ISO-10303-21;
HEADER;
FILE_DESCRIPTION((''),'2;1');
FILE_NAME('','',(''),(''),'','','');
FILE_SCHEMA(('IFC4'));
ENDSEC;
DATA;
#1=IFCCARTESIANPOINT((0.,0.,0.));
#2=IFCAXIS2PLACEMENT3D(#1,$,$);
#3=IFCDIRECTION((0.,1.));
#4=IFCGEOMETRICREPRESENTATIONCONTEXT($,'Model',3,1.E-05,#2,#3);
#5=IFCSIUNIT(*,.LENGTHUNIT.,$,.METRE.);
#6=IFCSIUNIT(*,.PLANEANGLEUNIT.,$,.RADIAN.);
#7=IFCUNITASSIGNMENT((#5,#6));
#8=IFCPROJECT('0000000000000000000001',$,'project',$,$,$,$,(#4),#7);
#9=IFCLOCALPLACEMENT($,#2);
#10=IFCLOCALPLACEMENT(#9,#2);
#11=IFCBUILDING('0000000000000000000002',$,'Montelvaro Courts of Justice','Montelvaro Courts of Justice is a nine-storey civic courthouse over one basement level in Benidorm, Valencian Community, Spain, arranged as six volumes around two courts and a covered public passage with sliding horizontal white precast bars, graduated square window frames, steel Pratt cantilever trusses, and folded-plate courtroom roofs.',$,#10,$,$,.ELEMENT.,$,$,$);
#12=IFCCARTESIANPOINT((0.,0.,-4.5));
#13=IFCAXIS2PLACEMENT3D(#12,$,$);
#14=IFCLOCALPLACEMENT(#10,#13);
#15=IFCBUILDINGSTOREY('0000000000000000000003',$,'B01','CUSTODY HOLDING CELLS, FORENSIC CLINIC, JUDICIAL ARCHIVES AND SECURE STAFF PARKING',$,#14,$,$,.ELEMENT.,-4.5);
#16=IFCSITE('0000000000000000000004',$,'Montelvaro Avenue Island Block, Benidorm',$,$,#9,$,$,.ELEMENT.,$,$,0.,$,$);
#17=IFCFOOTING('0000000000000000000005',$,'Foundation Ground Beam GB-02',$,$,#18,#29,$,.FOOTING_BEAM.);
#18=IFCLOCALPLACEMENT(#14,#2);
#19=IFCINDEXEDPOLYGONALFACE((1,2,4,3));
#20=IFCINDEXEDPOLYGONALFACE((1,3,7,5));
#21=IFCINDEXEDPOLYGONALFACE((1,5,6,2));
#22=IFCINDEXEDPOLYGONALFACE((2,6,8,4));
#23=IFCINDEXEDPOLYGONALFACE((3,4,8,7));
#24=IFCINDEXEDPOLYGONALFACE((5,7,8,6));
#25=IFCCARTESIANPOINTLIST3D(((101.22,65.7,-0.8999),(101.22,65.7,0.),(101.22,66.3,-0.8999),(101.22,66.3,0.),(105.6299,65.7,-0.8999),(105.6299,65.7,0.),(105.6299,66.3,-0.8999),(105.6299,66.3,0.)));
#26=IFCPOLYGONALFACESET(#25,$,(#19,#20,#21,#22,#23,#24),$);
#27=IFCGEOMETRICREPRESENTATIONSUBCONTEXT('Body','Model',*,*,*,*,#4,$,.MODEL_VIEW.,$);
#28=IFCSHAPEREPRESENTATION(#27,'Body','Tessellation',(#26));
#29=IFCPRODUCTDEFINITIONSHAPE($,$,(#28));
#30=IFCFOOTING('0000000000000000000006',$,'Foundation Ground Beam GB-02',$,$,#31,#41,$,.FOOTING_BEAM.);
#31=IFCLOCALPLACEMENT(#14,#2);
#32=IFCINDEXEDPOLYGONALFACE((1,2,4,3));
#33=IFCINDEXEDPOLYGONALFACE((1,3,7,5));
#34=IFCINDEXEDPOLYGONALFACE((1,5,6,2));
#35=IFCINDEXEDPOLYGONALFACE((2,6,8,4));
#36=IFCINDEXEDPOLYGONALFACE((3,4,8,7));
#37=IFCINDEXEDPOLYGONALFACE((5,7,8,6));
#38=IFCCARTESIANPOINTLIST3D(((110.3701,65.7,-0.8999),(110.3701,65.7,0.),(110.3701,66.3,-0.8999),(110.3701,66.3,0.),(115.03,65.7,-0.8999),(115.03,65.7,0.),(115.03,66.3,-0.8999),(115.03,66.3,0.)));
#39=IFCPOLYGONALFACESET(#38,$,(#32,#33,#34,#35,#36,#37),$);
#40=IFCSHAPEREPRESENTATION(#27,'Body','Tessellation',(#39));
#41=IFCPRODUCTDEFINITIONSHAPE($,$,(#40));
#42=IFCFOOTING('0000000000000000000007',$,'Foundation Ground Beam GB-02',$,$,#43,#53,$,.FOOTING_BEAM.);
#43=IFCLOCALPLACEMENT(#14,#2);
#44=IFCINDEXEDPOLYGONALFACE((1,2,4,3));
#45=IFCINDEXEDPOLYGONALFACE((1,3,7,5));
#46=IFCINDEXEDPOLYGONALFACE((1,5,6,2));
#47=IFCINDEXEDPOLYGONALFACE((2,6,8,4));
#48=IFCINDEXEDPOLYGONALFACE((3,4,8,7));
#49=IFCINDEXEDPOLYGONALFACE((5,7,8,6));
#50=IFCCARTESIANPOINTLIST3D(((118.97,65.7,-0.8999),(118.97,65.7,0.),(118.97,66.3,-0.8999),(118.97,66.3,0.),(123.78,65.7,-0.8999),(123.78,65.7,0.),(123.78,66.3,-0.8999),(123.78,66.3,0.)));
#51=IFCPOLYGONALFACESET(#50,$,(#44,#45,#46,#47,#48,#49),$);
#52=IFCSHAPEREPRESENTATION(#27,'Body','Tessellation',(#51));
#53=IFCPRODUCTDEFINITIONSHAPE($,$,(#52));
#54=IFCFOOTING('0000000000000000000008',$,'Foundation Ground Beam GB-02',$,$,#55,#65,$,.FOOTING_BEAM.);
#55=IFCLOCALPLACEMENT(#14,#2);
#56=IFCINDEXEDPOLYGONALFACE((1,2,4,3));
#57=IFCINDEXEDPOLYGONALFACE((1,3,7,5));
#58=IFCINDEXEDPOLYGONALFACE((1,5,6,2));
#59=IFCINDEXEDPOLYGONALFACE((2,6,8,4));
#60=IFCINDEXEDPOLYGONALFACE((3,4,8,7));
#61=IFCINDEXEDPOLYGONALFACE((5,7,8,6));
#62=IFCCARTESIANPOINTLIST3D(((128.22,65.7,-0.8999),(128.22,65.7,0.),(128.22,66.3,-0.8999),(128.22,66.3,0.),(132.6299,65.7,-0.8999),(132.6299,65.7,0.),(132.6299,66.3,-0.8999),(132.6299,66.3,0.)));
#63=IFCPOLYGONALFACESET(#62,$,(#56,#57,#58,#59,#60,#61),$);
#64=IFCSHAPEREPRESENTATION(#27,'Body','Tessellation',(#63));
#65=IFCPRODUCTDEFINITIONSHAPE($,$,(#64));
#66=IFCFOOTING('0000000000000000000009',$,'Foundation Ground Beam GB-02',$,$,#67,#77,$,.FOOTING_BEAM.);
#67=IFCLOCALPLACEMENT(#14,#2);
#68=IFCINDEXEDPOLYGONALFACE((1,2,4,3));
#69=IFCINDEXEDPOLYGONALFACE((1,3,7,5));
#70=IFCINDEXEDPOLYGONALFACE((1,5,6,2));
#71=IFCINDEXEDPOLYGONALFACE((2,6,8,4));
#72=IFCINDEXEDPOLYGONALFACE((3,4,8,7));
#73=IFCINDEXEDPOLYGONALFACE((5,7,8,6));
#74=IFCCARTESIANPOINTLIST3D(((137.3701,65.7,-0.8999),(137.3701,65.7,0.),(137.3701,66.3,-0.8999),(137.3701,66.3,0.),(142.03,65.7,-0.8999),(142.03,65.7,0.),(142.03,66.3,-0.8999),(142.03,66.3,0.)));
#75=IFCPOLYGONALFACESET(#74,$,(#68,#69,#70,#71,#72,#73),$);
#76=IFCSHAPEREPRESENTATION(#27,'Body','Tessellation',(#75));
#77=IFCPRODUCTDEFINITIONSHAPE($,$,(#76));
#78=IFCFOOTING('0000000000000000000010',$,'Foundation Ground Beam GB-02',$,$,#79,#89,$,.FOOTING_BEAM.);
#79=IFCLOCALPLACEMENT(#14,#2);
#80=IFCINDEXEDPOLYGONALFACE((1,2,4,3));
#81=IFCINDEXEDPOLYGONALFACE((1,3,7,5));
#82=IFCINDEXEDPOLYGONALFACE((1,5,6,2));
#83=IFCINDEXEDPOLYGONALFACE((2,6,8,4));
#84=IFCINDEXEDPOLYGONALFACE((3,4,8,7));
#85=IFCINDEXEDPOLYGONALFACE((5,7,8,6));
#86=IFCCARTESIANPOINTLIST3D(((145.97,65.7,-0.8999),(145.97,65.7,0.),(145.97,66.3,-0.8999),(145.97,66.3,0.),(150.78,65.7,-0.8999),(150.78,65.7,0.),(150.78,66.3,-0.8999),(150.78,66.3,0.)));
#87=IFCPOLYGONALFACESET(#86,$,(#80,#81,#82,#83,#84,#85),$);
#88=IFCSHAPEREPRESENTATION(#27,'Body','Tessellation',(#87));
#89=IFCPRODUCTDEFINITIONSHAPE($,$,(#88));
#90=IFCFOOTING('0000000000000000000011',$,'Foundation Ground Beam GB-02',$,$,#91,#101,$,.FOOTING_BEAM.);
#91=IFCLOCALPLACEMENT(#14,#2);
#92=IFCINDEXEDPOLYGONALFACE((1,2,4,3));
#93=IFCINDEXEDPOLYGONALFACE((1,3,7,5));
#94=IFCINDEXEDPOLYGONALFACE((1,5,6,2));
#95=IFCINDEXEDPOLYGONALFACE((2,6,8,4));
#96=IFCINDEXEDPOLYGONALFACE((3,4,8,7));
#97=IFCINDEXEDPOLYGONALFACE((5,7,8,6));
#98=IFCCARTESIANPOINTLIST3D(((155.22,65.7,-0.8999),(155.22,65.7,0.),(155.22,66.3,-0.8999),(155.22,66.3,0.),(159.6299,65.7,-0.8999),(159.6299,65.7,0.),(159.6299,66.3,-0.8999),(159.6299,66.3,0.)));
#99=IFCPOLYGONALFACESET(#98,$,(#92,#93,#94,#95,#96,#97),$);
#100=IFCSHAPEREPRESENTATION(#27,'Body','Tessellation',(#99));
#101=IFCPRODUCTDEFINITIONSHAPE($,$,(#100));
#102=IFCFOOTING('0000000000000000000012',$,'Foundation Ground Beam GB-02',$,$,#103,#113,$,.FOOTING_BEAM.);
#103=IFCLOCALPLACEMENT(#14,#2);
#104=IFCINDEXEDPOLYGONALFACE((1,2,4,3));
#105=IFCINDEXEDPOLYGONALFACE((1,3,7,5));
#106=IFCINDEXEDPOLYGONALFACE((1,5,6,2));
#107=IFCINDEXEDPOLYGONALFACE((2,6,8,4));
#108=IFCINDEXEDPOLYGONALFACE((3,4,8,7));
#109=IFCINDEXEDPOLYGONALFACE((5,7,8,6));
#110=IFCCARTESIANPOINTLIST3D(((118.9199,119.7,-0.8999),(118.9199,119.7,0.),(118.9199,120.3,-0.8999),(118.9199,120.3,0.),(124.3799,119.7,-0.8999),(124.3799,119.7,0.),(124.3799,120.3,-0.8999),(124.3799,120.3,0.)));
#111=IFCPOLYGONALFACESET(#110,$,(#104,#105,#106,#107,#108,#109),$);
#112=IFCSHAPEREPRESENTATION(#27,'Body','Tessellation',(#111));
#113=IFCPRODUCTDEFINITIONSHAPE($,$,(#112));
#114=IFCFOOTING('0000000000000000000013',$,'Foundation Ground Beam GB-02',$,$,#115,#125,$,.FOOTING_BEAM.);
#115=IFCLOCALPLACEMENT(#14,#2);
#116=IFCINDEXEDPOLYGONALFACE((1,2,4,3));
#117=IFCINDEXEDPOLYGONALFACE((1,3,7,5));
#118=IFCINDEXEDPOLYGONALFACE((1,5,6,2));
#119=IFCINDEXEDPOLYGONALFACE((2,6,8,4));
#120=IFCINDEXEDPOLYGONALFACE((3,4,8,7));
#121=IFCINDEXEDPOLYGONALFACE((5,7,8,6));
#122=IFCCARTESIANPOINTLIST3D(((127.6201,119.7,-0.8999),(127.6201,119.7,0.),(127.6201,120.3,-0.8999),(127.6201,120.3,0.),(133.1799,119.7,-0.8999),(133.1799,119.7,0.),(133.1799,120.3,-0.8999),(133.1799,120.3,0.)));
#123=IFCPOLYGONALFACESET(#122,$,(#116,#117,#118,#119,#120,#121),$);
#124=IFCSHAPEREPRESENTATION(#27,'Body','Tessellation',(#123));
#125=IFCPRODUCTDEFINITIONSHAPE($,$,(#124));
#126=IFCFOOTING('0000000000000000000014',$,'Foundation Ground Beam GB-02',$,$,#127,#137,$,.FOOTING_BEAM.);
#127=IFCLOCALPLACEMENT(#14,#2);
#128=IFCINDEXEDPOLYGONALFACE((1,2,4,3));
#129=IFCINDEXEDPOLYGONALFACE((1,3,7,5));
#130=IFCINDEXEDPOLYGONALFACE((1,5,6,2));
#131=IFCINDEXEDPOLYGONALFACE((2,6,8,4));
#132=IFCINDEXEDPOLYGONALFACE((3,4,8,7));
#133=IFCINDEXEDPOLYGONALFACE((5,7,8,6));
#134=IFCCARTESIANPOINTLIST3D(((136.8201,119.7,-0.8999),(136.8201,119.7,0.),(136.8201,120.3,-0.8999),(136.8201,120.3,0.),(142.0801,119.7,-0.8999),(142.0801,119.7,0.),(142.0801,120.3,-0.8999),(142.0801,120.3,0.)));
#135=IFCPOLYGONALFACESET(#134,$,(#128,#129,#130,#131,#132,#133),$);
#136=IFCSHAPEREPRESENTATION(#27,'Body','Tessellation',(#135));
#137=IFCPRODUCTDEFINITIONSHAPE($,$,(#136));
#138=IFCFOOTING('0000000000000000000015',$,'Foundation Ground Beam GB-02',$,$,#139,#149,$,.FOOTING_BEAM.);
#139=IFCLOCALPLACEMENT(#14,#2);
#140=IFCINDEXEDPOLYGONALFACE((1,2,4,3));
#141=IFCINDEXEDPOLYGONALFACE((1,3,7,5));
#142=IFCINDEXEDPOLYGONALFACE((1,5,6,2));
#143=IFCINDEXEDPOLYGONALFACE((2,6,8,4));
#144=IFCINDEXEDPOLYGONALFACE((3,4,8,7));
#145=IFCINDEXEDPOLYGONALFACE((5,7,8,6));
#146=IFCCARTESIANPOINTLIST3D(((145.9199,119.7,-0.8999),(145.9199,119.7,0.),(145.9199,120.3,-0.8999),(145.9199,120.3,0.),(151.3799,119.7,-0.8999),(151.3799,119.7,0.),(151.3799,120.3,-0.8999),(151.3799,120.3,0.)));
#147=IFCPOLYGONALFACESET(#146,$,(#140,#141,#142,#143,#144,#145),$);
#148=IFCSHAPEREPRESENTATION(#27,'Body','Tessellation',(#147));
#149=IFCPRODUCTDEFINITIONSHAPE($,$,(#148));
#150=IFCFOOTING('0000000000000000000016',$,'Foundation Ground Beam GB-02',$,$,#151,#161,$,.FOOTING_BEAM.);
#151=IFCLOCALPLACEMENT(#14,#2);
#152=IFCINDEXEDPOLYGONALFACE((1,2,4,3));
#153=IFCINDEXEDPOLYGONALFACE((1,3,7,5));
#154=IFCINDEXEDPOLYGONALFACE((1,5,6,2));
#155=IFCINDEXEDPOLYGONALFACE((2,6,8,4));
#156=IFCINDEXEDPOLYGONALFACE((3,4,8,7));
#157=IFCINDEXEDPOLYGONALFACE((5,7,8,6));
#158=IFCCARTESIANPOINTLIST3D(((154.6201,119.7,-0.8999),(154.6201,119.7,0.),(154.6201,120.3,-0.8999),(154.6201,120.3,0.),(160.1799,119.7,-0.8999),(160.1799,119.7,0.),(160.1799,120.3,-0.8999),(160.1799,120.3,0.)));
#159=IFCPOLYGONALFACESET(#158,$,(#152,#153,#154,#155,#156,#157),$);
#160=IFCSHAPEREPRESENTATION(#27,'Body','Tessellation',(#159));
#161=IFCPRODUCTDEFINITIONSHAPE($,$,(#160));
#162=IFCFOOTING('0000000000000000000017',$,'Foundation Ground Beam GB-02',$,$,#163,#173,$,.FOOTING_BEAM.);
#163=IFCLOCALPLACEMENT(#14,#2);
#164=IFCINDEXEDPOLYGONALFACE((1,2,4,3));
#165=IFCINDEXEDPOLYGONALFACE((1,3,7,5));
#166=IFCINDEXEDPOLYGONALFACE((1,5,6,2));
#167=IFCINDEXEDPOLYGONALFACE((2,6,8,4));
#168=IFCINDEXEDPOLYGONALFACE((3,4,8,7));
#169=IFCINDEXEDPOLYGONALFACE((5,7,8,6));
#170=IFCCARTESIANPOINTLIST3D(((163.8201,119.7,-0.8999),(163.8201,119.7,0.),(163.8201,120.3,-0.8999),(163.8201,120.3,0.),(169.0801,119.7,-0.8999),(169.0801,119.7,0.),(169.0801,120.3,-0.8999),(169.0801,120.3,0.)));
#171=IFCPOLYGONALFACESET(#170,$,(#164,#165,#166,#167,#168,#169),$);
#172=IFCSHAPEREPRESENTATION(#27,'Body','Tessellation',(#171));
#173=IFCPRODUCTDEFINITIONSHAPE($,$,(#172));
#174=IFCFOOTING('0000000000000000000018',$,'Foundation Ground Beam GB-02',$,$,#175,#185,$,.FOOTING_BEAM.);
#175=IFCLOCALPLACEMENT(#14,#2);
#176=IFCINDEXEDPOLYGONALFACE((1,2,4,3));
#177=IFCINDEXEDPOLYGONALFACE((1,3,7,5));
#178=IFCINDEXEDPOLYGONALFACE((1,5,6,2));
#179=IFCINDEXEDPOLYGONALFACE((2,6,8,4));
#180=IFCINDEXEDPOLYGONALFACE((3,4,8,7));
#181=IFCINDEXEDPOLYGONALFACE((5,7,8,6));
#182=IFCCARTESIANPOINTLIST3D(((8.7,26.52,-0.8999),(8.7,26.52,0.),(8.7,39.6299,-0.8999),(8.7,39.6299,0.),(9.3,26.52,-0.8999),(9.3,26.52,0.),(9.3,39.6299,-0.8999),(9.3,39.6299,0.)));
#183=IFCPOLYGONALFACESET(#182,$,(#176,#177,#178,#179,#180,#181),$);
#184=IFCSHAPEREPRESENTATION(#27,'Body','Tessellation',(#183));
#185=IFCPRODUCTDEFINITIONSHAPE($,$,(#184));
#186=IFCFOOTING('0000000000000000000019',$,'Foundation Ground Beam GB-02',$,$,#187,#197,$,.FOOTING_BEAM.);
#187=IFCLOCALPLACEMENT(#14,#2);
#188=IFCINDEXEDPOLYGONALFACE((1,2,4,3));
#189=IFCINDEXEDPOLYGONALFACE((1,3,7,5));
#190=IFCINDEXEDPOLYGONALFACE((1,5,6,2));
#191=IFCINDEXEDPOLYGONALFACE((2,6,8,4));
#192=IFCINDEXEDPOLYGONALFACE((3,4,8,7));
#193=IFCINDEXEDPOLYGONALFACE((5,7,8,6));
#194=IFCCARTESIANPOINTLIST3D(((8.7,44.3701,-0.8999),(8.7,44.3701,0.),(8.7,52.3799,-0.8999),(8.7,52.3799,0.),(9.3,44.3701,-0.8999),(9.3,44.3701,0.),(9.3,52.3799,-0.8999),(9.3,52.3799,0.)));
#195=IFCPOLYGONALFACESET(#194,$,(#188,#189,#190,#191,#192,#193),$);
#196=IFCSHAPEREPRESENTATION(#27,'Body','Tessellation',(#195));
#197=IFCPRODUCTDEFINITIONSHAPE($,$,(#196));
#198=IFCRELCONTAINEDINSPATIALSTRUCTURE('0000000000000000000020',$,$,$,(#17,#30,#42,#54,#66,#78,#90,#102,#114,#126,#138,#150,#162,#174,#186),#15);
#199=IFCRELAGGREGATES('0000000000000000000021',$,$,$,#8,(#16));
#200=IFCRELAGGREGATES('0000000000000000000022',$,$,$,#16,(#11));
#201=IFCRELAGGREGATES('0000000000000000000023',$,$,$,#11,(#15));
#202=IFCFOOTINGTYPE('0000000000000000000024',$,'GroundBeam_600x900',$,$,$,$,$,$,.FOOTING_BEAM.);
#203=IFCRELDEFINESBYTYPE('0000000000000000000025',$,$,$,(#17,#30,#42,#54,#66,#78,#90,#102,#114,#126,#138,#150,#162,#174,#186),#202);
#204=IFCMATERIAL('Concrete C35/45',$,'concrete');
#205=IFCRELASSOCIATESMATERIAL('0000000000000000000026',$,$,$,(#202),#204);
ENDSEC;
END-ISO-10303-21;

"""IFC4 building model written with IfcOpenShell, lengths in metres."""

from ifc_helpers import new_model, si_unit, direction, frame, origin, place, context, subcontext, project, spatial, polyline, outline, extrude, material, type_object, element, save


model = new_model("IFC4")

# Units and contexts
model_context = context("Model", 3, precision=1e-05, world=origin(), true_north=direction((0.0, 1.0)))
body_context = subcontext(model_context, "Body", "Model", "MODEL_VIEW")
ifc_project = project(units=[si_unit("LENGTHUNIT", "METRE"), si_unit("PLANEANGLEUNIT", "RADIAN")], contexts=[model_context])

# Site, building, storey
site_placement = place(None, origin())
site = spatial("IfcSite", under=ifc_project, at=site_placement, Name="Montelvaro Avenue Island Block, Benidorm", CompositionType="ELEMENT", RefElevation=0.0)
building_placement = place(site_placement, origin())
building = spatial("IfcBuilding", under=site, at=building_placement, Name="Montelvaro Courts of Justice", Description="Montelvaro Courts of Justice is a nine-storey civic courthouse over one basement level in Benidorm, Valencian Community, Spain, arranged as six volumes around two courts and a covered public passage with sliding horizontal white precast bars, graduated square window frames, steel Pratt cantilever trusses, and folded-plate courtroom roofs.", CompositionType="ELEMENT")
storey_placement = place(building_placement, frame((0.0, 0.0, -4.5)))
storey = spatial("IfcBuildingStorey", under=building, at=storey_placement, Name="B01", Description="CUSTODY HOLDING CELLS, FORENSIC CLINIC, JUDICIAL ARCHIVES AND SECURE STAFF PARKING", CompositionType="ELEMENT", Elevation=-4.5)

# Footings
ifc_material = material(Name="Concrete C35/45", Category="concrete")
footing_type = type_object("IfcFootingType", Name="GroundBeam_600x900", PredefinedType="FOOTING_BEAM", material=ifc_material)
footing_1_placement = place(storey_placement, frame((0.0, 0.0, -0.8999)))
element("IfcFooting", 1, at=footing_1_placement, inside=storey, type_object=footing_type, Name="Foundation Ground Beam GB-02", PredefinedType="FOOTING_BEAM", context=body_context, shape_type="SweptSolid", body=[
    extrude(outline(polyline([(101.22, 65.7), (105.6299, 65.7), (105.6299, 66.3), (101.22, 66.3), (101.22, 65.7)])), origin(), (0.0, 0.0, 1.0), 0.8999),
])
footing_2_placement = place(storey_placement, frame((0.0, 0.0, -0.8999)))
element("IfcFooting", 2, at=footing_2_placement, inside=storey, type_object=footing_type, Name="Foundation Ground Beam GB-02", PredefinedType="FOOTING_BEAM", context=body_context, shape_type="SweptSolid", body=[
    extrude(outline(polyline([(110.3701, 65.7), (115.03, 65.7), (115.03, 66.3), (110.3701, 66.3), (110.3701, 65.7)])), origin(), (0.0, 0.0, 1.0), 0.8999),
])
footing_3_placement = place(storey_placement, frame((0.0, 0.0, -0.8999)))
element("IfcFooting", 3, at=footing_3_placement, inside=storey, type_object=footing_type, Name="Foundation Ground Beam GB-02", PredefinedType="FOOTING_BEAM", context=body_context, shape_type="SweptSolid", body=[
    extrude(outline(polyline([(118.97, 65.7), (123.78, 65.7), (123.78, 66.3), (118.97, 66.3), (118.97, 65.7)])), origin(), (0.0, 0.0, 1.0), 0.8999),
])
footing_4_placement = place(storey_placement, frame((0.0, 0.0, -0.8999)))
element("IfcFooting", 4, at=footing_4_placement, inside=storey, type_object=footing_type, Name="Foundation Ground Beam GB-02", PredefinedType="FOOTING_BEAM", context=body_context, shape_type="SweptSolid", body=[
    extrude(outline(polyline([(128.22, 65.7), (132.6299, 65.7), (132.6299, 66.3), (128.22, 66.3), (128.22, 65.7)])), origin(), (0.0, 0.0, 1.0), 0.8999),
])
footing_5_placement = place(storey_placement, frame((0.0, 0.0, -0.8999)))
element("IfcFooting", 5, at=footing_5_placement, inside=storey, type_object=footing_type, Name="Foundation Ground Beam GB-02", PredefinedType="FOOTING_BEAM", context=body_context, shape_type="SweptSolid", body=[
    extrude(outline(polyline([(137.3701, 65.7), (142.03, 65.7), (142.03, 66.3), (137.3701, 66.3), (137.3701, 65.7)])), origin(), (0.0, 0.0, 1.0), 0.8999),
])
footing_6_placement = place(storey_placement, frame((0.0, 0.0, -0.8999)))
element("IfcFooting", 6, at=footing_6_placement, inside=storey, type_object=footing_type, Name="Foundation Ground Beam GB-02", PredefinedType="FOOTING_BEAM", context=body_context, shape_type="SweptSolid", body=[
    extrude(outline(polyline([(145.97, 65.7), (150.78, 65.7), (150.78, 66.3), (145.97, 66.3), (145.97, 65.7)])), origin(), (0.0, 0.0, 1.0), 0.8999),
])
footing_7_placement = place(storey_placement, frame((0.0, 0.0, -0.8999)))
element("IfcFooting", 7, at=footing_7_placement, inside=storey, type_object=footing_type, Name="Foundation Ground Beam GB-02", PredefinedType="FOOTING_BEAM", context=body_context, shape_type="SweptSolid", body=[
    extrude(outline(polyline([(155.22, 65.7), (159.6299, 65.7), (159.6299, 66.3), (155.22, 66.3), (155.22, 65.7)])), origin(), (0.0, 0.0, 1.0), 0.8999),
])
footing_8_placement = place(storey_placement, frame((0.0, 0.0, -0.8999)))
element("IfcFooting", 8, at=footing_8_placement, inside=storey, type_object=footing_type, Name="Foundation Ground Beam GB-02", PredefinedType="FOOTING_BEAM", context=body_context, shape_type="SweptSolid", body=[
    extrude(outline(polyline([(118.9199, 119.7), (124.3799, 119.7), (124.3799, 120.3), (118.9199, 120.3), (118.9199, 119.7)])), origin(), (0.0, 0.0, 1.0), 0.8999),
])
footing_9_placement = place(storey_placement, frame((0.0, 0.0, -0.8999)))
element("IfcFooting", 9, at=footing_9_placement, inside=storey, type_object=footing_type, Name="Foundation Ground Beam GB-02", PredefinedType="FOOTING_BEAM", context=body_context, shape_type="SweptSolid", body=[
    extrude(outline(polyline([(127.6201, 119.7), (133.1799, 119.7), (133.1799, 120.3), (127.6201, 120.3), (127.6201, 119.7)])), origin(), (0.0, 0.0, 1.0), 0.8999),
])
footing_10_placement = place(storey_placement, frame((0.0, 0.0, -0.8999)))
element("IfcFooting", 10, at=footing_10_placement, inside=storey, type_object=footing_type, Name="Foundation Ground Beam GB-02", PredefinedType="FOOTING_BEAM", context=body_context, shape_type="SweptSolid", body=[
    extrude(outline(polyline([(136.8201, 119.7), (142.0801, 119.7), (142.0801, 120.3), (136.8201, 120.3), (136.8201, 119.7)])), origin(), (0.0, 0.0, 1.0), 0.8999),
])
footing_11_placement = place(storey_placement, frame((0.0, 0.0, -0.8999)))
element("IfcFooting", 11, at=footing_11_placement, inside=storey, type_object=footing_type, Name="Foundation Ground Beam GB-02", PredefinedType="FOOTING_BEAM", context=body_context, shape_type="SweptSolid", body=[
    extrude(outline(polyline([(145.9199, 119.7), (151.3799, 119.7), (151.3799, 120.3), (145.9199, 120.3), (145.9199, 119.7)])), origin(), (0.0, 0.0, 1.0), 0.8999),
])
footing_12_placement = place(storey_placement, frame((0.0, 0.0, -0.8999)))
element("IfcFooting", 12, at=footing_12_placement, inside=storey, type_object=footing_type, Name="Foundation Ground Beam GB-02", PredefinedType="FOOTING_BEAM", context=body_context, shape_type="SweptSolid", body=[
    extrude(outline(polyline([(154.6201, 119.7), (160.1799, 119.7), (160.1799, 120.3), (154.6201, 120.3), (154.6201, 119.7)])), origin(), (0.0, 0.0, 1.0), 0.8999),
])
footing_13_placement = place(storey_placement, frame((0.0, 0.0, -0.8999)))
element("IfcFooting", 13, at=footing_13_placement, inside=storey, type_object=footing_type, Name="Foundation Ground Beam GB-02", PredefinedType="FOOTING_BEAM", context=body_context, shape_type="SweptSolid", body=[
    extrude(outline(polyline([(163.8201, 119.7), (169.0801, 119.7), (169.0801, 120.3), (163.8201, 120.3), (163.8201, 119.7)])), origin(), (0.0, 0.0, 1.0), 0.8999),
])
footing_14_placement = place(storey_placement, frame((0.0, 0.0, -0.8999)))
element("IfcFooting", 14, at=footing_14_placement, inside=storey, type_object=footing_type, Name="Foundation Ground Beam GB-02", PredefinedType="FOOTING_BEAM", context=body_context, shape_type="SweptSolid", body=[
    extrude(outline(polyline([(8.7, 26.52), (9.3, 26.52), (9.3, 39.6299), (8.7, 39.6299), (8.7, 26.52)])), origin(), (0.0, 0.0, 1.0), 0.8999),
])
footing_15_placement = place(storey_placement, frame((0.0, 0.0, -0.8999)))
element("IfcFooting", 15, at=footing_15_placement, inside=storey, type_object=footing_type, Name="Foundation Ground Beam GB-02", PredefinedType="FOOTING_BEAM", context=body_context, shape_type="SweptSolid", body=[
    extrude(outline(polyline([(8.7, 44.3701), (9.3, 44.3701), (9.3, 52.3799), (8.7, 52.3799), (8.7, 44.3701)])), origin(), (0.0, 0.0, 1.0), 0.8999),
])

save(model, "model.ifc")
